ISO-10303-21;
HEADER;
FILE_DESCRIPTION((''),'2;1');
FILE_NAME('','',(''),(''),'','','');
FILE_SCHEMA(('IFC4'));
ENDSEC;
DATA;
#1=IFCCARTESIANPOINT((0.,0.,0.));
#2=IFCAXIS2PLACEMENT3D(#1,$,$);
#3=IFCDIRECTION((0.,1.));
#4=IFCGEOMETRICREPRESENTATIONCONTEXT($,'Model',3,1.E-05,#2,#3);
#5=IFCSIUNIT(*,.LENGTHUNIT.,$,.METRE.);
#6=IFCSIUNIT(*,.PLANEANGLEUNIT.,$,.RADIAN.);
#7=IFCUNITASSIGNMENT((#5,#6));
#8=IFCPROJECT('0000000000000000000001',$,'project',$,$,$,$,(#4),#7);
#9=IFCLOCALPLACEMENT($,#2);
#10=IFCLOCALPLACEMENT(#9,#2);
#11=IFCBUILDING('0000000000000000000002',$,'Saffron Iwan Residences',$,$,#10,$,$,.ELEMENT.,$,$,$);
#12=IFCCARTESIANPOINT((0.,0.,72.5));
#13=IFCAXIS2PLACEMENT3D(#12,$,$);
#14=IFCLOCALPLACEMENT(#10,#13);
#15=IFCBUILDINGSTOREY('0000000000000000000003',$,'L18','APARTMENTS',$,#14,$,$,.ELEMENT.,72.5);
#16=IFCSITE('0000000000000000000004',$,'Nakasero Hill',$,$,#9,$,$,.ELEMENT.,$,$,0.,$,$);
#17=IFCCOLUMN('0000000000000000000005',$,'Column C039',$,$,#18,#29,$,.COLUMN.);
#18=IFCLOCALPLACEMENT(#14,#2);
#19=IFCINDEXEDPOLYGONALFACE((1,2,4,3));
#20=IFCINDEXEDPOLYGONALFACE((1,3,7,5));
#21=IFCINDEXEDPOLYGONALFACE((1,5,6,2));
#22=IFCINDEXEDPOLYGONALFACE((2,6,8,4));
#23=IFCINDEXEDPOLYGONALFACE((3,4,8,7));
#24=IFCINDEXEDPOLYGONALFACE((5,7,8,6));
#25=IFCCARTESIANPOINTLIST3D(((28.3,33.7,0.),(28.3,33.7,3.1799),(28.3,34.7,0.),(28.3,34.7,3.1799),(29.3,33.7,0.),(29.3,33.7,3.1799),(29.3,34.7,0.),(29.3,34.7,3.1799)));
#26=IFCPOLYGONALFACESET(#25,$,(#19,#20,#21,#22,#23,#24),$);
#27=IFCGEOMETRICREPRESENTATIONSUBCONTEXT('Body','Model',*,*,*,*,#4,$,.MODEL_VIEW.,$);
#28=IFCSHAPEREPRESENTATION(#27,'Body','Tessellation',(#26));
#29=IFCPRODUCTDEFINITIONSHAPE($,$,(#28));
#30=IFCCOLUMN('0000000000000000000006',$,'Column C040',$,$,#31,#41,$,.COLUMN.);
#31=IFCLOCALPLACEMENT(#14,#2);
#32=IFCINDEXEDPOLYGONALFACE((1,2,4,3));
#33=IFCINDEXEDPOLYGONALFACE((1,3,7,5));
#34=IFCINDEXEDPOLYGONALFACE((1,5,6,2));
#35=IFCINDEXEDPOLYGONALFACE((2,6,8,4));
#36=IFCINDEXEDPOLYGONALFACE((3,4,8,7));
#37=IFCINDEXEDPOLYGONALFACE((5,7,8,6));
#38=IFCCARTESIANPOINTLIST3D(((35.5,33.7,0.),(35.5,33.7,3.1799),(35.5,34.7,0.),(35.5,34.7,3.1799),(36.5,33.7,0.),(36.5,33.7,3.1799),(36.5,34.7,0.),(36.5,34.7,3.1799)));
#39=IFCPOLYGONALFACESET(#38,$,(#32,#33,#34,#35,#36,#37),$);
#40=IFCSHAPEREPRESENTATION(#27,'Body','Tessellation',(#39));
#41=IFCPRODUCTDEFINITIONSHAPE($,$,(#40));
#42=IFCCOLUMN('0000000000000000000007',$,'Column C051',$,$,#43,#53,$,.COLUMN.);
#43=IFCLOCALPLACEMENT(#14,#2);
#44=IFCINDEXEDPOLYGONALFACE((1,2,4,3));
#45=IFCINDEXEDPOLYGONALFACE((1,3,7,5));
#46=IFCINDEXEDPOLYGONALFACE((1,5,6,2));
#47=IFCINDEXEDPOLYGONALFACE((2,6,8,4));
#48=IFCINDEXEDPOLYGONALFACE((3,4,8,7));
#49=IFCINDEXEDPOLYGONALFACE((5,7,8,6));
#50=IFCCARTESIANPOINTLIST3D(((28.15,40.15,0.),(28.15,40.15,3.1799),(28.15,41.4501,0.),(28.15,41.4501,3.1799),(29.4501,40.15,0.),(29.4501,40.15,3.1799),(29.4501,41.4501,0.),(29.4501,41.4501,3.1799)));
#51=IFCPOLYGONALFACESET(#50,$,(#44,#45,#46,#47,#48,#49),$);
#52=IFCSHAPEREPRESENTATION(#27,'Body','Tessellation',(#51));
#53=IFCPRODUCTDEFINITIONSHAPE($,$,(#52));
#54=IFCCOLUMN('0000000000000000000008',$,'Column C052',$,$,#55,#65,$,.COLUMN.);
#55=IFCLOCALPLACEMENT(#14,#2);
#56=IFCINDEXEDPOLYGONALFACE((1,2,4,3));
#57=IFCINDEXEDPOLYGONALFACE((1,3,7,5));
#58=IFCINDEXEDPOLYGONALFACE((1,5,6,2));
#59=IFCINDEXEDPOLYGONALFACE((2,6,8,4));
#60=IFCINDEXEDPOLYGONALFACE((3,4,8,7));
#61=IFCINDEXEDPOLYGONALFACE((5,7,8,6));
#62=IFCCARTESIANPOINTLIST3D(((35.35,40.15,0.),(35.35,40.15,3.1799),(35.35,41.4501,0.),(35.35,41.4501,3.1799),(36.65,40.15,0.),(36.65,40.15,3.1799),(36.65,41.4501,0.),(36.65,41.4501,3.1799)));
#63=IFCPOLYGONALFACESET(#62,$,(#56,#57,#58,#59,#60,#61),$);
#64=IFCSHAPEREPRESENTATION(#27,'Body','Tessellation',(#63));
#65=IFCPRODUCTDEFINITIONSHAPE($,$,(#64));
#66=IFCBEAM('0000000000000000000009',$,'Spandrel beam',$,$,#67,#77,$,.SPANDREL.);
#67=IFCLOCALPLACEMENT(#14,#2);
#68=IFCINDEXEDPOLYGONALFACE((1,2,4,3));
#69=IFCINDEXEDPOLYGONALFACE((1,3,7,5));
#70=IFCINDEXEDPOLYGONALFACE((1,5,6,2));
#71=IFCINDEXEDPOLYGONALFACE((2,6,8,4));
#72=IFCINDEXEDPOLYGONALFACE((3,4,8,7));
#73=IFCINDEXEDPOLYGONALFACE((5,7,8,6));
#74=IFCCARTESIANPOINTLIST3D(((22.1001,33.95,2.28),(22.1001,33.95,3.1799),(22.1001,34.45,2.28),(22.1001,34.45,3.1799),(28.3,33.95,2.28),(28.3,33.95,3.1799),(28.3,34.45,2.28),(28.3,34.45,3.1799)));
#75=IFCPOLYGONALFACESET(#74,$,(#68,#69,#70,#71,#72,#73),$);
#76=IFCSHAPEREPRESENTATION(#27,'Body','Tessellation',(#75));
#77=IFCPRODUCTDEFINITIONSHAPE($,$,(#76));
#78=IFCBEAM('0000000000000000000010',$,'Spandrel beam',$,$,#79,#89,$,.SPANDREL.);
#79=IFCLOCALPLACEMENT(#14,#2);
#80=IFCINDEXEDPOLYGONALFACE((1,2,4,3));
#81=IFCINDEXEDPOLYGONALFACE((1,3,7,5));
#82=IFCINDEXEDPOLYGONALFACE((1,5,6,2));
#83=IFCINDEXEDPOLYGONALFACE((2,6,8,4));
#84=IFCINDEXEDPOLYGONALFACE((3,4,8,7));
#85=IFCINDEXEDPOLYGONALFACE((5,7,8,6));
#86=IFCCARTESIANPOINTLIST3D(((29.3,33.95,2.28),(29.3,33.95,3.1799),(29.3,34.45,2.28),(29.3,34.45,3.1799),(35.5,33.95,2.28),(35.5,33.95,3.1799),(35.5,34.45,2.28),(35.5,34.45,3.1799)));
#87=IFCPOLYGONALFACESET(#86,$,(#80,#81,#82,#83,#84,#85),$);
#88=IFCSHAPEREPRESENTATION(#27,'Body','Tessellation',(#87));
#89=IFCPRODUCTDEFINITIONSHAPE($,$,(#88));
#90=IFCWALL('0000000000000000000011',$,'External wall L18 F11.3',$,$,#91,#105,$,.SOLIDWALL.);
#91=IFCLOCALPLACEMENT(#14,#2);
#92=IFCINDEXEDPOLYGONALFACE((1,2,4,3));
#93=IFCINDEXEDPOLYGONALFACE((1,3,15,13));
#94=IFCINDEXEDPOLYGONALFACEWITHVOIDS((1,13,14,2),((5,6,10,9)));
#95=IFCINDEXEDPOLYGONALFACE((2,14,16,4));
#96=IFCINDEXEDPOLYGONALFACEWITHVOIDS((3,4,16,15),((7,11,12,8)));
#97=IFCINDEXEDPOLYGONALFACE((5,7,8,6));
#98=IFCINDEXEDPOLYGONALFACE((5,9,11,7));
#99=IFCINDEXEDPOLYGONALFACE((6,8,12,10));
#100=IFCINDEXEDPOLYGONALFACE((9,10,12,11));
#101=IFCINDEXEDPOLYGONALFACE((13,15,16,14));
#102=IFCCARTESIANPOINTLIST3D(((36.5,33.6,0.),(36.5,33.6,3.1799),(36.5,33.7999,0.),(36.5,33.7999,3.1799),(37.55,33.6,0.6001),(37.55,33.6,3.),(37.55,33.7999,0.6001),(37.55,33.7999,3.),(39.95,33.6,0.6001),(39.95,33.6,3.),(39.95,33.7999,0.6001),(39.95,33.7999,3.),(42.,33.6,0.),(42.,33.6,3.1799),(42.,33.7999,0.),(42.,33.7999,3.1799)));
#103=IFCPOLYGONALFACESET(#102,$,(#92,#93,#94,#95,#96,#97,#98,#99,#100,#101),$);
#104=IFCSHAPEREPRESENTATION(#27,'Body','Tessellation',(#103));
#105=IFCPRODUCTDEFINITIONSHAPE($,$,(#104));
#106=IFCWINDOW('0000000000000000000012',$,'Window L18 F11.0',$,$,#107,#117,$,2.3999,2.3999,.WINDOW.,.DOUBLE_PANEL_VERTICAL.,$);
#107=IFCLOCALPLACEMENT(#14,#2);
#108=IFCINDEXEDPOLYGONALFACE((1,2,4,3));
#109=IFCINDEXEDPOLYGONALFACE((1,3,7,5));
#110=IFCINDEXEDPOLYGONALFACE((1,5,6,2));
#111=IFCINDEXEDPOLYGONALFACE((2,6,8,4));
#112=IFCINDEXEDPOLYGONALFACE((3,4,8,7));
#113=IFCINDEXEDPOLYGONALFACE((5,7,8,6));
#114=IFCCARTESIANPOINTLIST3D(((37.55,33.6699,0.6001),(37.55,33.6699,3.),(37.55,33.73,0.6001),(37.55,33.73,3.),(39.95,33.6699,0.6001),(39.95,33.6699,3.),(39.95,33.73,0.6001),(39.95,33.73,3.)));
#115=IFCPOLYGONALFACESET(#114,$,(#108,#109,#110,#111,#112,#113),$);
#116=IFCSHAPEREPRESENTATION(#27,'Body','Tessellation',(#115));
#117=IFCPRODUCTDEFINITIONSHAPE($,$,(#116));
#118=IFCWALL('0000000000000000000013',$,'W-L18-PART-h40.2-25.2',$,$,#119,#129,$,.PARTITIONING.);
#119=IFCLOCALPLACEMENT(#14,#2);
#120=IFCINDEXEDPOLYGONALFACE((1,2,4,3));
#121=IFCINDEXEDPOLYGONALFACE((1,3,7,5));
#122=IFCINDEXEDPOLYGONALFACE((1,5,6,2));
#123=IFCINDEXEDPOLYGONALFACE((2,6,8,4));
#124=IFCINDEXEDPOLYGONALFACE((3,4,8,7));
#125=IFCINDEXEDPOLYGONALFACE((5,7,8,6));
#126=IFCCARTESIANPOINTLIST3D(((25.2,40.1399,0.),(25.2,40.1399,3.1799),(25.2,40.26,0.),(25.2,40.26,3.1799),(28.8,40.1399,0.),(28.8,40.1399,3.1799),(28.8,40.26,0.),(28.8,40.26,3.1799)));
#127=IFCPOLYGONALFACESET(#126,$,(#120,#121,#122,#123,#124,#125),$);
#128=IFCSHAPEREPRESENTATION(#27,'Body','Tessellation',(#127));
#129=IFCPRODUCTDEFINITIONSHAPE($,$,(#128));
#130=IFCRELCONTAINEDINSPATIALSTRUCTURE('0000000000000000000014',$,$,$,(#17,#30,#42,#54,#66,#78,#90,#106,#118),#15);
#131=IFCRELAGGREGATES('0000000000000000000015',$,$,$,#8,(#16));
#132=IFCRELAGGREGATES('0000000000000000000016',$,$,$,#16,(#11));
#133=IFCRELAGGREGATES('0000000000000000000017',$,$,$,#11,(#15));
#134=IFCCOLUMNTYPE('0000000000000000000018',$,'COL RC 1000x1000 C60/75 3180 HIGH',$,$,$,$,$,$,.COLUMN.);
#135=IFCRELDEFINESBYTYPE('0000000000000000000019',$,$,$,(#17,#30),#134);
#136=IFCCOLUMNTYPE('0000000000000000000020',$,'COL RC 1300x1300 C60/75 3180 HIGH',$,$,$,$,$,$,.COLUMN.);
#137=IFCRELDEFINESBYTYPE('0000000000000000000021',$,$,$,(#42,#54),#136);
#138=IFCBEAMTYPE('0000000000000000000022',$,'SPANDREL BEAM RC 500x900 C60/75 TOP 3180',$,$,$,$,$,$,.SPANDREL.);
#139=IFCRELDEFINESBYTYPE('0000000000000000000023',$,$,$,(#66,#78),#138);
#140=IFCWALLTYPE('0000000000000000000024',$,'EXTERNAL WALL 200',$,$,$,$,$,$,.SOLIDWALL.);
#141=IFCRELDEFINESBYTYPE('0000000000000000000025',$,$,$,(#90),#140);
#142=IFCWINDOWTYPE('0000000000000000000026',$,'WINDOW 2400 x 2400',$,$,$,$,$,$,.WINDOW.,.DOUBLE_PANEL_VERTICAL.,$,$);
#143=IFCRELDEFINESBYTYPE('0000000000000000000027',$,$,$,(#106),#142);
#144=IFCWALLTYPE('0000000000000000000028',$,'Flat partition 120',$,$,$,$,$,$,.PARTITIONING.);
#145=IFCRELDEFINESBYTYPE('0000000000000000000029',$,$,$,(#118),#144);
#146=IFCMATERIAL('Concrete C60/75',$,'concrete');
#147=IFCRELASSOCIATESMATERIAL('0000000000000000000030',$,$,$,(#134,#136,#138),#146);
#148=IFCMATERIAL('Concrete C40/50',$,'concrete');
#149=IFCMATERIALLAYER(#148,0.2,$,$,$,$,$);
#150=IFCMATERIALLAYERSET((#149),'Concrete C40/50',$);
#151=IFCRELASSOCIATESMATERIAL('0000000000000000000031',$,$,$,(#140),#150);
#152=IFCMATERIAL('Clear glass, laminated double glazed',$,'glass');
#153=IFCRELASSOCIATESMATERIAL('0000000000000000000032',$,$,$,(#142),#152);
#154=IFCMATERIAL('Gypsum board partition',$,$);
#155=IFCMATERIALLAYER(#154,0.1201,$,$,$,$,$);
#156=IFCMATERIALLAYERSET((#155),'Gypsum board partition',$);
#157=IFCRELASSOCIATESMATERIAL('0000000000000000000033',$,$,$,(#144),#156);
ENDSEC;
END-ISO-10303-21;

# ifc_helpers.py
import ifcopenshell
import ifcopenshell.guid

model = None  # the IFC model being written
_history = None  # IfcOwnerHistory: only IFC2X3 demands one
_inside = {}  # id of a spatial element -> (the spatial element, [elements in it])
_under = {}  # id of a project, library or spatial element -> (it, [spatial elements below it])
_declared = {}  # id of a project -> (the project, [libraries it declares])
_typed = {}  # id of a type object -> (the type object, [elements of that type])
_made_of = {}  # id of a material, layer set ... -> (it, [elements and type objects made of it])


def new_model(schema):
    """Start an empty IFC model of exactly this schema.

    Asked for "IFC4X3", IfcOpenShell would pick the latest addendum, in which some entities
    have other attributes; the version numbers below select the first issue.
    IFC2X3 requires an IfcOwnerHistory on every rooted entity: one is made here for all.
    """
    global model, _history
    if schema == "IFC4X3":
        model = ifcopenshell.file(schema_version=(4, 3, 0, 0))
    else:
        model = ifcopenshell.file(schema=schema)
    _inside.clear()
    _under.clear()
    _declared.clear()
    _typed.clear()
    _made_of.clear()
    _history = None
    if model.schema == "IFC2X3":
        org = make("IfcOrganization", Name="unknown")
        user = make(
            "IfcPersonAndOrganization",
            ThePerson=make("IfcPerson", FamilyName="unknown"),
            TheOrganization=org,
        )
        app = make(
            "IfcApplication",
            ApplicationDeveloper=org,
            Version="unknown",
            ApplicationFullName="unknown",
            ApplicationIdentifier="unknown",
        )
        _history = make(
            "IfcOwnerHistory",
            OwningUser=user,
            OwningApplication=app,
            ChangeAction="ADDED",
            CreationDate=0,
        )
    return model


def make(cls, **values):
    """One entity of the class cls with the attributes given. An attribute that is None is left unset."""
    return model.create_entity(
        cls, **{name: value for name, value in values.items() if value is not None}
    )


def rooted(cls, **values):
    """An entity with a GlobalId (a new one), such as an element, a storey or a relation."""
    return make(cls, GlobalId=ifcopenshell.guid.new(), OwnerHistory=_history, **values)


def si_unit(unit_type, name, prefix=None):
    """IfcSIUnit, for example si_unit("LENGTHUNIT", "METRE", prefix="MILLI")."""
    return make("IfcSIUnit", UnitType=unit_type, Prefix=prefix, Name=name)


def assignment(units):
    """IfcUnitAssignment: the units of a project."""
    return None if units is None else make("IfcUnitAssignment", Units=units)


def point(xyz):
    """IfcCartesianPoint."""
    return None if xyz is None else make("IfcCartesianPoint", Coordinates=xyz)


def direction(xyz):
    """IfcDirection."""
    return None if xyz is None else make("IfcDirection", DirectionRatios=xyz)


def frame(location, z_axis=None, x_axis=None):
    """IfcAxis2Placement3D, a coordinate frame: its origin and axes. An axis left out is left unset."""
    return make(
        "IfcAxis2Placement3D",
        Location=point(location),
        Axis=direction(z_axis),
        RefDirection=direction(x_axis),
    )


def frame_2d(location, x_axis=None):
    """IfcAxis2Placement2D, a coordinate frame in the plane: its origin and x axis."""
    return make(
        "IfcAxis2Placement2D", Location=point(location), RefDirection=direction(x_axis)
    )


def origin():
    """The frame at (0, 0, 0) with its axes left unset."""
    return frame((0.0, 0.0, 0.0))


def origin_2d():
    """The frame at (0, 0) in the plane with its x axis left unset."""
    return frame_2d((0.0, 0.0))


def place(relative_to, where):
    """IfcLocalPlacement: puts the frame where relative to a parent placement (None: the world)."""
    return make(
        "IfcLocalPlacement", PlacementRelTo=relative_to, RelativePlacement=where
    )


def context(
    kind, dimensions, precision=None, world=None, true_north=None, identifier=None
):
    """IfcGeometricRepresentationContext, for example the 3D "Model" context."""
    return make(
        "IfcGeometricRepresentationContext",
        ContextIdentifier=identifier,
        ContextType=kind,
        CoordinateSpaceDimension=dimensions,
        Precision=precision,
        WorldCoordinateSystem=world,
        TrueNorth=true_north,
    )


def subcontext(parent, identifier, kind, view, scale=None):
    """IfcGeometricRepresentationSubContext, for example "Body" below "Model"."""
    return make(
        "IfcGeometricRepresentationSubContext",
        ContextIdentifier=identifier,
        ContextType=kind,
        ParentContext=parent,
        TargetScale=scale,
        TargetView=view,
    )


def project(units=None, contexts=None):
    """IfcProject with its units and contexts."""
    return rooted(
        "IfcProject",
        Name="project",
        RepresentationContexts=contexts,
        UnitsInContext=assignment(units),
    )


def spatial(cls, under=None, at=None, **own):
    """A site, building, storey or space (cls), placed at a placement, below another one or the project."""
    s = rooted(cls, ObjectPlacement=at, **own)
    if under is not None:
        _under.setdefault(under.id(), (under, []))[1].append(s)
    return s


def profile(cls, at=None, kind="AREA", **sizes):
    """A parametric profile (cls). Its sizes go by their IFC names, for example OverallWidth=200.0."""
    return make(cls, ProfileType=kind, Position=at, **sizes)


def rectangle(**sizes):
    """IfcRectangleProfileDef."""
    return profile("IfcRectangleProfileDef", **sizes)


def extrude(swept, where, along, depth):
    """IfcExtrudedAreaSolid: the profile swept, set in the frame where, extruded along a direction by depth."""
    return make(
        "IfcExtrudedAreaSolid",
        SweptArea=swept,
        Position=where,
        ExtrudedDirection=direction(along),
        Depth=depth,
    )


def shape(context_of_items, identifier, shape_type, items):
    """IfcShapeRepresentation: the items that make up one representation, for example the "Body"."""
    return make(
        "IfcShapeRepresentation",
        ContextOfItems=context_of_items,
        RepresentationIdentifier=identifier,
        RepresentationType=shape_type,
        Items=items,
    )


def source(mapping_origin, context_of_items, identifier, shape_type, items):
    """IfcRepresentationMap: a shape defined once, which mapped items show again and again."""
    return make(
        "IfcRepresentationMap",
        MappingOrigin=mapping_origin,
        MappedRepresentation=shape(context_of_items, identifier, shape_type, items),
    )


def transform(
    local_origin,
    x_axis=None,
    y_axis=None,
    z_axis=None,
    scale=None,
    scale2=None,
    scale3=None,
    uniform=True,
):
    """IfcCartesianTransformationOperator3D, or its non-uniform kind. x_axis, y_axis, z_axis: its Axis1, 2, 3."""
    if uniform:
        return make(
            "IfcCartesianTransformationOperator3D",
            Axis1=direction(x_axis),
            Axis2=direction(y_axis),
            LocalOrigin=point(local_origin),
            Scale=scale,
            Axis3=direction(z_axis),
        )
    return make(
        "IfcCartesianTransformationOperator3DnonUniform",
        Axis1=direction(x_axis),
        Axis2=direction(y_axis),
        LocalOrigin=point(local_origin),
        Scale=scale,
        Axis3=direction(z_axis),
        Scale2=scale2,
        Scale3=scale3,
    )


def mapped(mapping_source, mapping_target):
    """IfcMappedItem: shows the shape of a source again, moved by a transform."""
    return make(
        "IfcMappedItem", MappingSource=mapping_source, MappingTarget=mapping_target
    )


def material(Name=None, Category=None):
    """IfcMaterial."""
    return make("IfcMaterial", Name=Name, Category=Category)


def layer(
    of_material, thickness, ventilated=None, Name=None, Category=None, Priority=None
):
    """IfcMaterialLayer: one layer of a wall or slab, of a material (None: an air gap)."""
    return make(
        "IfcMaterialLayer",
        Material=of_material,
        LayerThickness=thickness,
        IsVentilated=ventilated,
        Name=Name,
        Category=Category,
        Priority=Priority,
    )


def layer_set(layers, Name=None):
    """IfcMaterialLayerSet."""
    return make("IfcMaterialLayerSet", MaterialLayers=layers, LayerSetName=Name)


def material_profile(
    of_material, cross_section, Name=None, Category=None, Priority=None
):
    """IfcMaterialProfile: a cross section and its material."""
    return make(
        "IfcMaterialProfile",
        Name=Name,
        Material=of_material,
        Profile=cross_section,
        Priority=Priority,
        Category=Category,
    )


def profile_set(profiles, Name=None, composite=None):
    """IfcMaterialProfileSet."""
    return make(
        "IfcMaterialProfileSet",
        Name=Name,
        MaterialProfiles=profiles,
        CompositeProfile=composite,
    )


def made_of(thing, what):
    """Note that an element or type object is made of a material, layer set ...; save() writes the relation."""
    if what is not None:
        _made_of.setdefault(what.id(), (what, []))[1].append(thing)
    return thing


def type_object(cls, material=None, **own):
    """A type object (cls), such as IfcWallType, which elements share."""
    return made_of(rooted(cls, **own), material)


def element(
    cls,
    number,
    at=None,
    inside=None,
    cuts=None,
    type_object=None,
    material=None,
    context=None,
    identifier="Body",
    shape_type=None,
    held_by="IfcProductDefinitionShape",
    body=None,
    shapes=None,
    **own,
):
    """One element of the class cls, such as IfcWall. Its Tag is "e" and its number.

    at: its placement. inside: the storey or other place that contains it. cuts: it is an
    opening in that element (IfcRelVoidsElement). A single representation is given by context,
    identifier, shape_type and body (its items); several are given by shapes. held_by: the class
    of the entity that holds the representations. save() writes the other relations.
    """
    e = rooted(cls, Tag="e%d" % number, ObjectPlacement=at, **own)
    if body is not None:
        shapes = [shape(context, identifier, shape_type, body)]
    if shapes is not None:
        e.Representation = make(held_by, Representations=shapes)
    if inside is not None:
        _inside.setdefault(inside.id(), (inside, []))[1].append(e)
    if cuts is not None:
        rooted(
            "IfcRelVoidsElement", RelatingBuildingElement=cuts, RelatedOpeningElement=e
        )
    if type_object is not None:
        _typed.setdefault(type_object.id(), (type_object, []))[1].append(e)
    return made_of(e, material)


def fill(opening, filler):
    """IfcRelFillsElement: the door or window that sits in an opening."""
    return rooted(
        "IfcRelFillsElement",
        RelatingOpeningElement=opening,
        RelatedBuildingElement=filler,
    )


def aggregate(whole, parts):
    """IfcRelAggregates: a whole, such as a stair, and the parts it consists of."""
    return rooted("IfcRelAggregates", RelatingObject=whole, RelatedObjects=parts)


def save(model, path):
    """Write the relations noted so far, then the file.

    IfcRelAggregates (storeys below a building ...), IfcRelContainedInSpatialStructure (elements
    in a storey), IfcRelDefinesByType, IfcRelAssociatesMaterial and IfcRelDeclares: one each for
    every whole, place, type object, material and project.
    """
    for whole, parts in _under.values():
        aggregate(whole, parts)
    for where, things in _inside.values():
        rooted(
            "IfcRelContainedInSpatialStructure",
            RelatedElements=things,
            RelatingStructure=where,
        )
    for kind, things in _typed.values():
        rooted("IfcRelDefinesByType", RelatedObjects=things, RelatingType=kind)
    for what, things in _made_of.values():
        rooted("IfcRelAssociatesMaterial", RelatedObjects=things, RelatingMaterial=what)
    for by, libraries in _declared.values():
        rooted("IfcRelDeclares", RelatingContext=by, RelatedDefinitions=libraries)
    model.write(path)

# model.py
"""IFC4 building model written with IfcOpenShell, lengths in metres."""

from ifc_helpers import new_model, si_unit, direction, frame, frame_2d, origin, origin_2d, place, context, subcontext, project, spatial, rectangle, extrude, source, transform, mapped, material, layer, layer_set, material_profile, profile_set, type_object, element, fill, save


model = new_model("IFC4")

# Units and contexts
model_context = context("Model", 3, precision=1e-05, world=origin(), true_north=direction((0.0, 1.0)))
body_context = subcontext(model_context, "Body", "Model", "MODEL_VIEW")
ifc_project = project(units=[si_unit("LENGTHUNIT", "METRE"), si_unit("PLANEANGLEUNIT", "RADIAN")], contexts=[model_context])

# Site, building, storey
site_placement = place(None, origin())
site = spatial("IfcSite", under=ifc_project, at=site_placement, Name="Nakasero Hill", CompositionType="ELEMENT", RefElevation=0.0)
building_placement = place(site_placement, origin())
building = spatial("IfcBuilding", under=site, at=building_placement, Name="Saffron Iwan Residences", CompositionType="ELEMENT")
storey_placement = place(building_placement, frame((0.0, 0.0, 72.5)))
storey = spatial("IfcBuildingStorey", under=building, at=storey_placement, Name="L18", Description="APARTMENTS", CompositionType="ELEMENT", Elevation=72.5)

# Columns
ifc_material_1 = material(Name="Concrete C60/75", Category="concrete")
ifc_material_profile_1 = material_profile(ifc_material_1, rectangle(XDim=1.0, YDim=1.0, at=origin_2d()), Name="RC 1000x1000")
ifc_profile_set_1 = profile_set([ifc_material_profile_1], Name="Concrete C60/75")
column_type_1 = type_object("IfcColumnType", Name="COL RC 1000x1000 C60/75 3180 HIGH", PredefinedType="COLUMN", material=ifc_profile_set_1)
shared_shape_1 = source(origin(), body_context, "Body", "SweptSolid", [
    extrude(rectangle(XDim=1.0, YDim=1.0, at=origin_2d()), origin(), (0.0, 0.0, 1.0), 3.1799),
])
for number, where, z_axis, x_axis, name in (
    (1, (28.8, 34.2, 0.0), (0.0, 0.0, 1.0), (1.0, 0.0, 0.0), "Column C039"),
    (2, (36.0, 34.2, 0.0), (0.0, 0.0, 1.0), (1.0, 0.0, 0.0), "Column C040"),
):
    element("IfcColumn", number, at=place(storey_placement, frame(where, z_axis=z_axis, x_axis=x_axis)), inside=storey, type_object=column_type_1, Name=name, PredefinedType="COLUMN", context=body_context, shape_type="MappedRepresentation", body=[
        mapped(shared_shape_1, transform((0.0, 0.0, 0.0))),
    ])
ifc_material_profile_2 = material_profile(ifc_material_1, rectangle(XDim=1.3, YDim=1.3, at=origin_2d()), Name="RC 1300x1300")
ifc_profile_set_2 = profile_set([ifc_material_profile_2], Name="Concrete C60/75")
column_type_2 = type_object("IfcColumnType", Name="COL RC 1300x1300 C60/75 3180 HIGH", PredefinedType="COLUMN", material=ifc_profile_set_2)
shared_shape_2 = source(origin(), body_context, "Body", "SweptSolid", [
    extrude(rectangle(XDim=1.3, YDim=1.3, at=origin_2d()), origin(), (0.0, 0.0, 1.0), 3.1799),
])
for number, where, z_axis, x_axis, name in (
    (3, (28.8, 40.8, 0.0), (0.0, 0.0, 1.0), (1.0, 0.0, 0.0), "Column C051"),
    (4, (36.0, 40.8, 0.0), (0.0, 0.0, 1.0), (1.0, 0.0, 0.0), "Column C052"),
):
    element("IfcColumn", number, at=place(storey_placement, frame(where, z_axis=z_axis, x_axis=x_axis)), inside=storey, type_object=column_type_2, Name=name, PredefinedType="COLUMN", context=body_context, shape_type="MappedRepresentation", body=[
        mapped(shared_shape_2, transform((0.0, 0.0, 0.0))),
    ])

# Beams
ifc_material_profile_3 = material_profile(ifc_material_1, rectangle(XDim=0.5, YDim=0.8999, at=origin_2d()), Name="RC 500x900")
ifc_profile_set_3 = profile_set([ifc_material_profile_3], Name="Concrete C60/75")
beam_type = type_object("IfcBeamType", Name="SPANDREL BEAM RC 500x900 C60/75 TOP 3180", PredefinedType="SPANDREL", material=ifc_profile_set_3)
shared_shape_3 = source(origin(), body_context, "Body", "SweptSolid", [
    extrude(rectangle(XDim=0.5, YDim=0.8999, at=origin_2d()), origin(), (0.0, 0.0, 1.0), 6.2),
])
for number, where, z_axis, x_axis, name in (
    (5, (28.3, 34.2, 2.73), (-1.0, 0.0, 0.0), (0.0, -1.0, 0.0), "Spandrel beam"),
    (6, (35.5, 34.2, 2.73), (-1.0, 0.0, 0.0), (0.0, -1.0, 0.0), "Spandrel beam"),
):
    element("IfcBeam", number, at=place(storey_placement, frame(where, z_axis=z_axis, x_axis=x_axis)), inside=storey, type_object=beam_type, Name=name, PredefinedType="SPANDREL", context=body_context, shape_type="MappedRepresentation", body=[
        mapped(shared_shape_3, transform((0.0, 0.0, 0.0))),
    ])

# Wall, opening, window
ifc_material_2 = material(Name="Concrete C40/50", Category="concrete")
ifc_layer_1 = layer(ifc_material_2, 0.2)
ifc_layer_set_1 = layer_set([ifc_layer_1], Name="Concrete C40/50")
wall_type_1 = type_object("IfcWallType", Name="EXTERNAL WALL 200", PredefinedType="SOLIDWALL", material=ifc_layer_set_1)
wall_1_placement = place(storey_placement, frame((36.5, 33.7, 0.0), z_axis=(0.0, 0.0, 1.0), x_axis=(1.0, 0.0, 0.0)))
wall_1 = element("IfcWall", 7, at=wall_1_placement, inside=storey, type_object=wall_type_1, Name="External wall L18 F11.3", PredefinedType="SOLIDWALL", context=body_context, shape_type="SweptSolid", body=[
    extrude(rectangle(XDim=5.5, YDim=0.2, at=frame_2d((2.75, 0.0))), origin(), (0.0, 0.0, 1.0), 3.1799),
])
opening_1_placement = place(wall_1_placement, frame((1.05, 0.0, 0.6001)))
opening_1 = element("IfcOpeningElement", 8, at=opening_1_placement, cuts=wall_1, PredefinedType="OPENING", context=body_context, shape_type="SweptSolid", body=[
    extrude(rectangle(XDim=2.3999, YDim=2.3999, at=frame_2d((1.2, 1.2))), frame((0.0, 0.1099, 0.0), z_axis=(0.0, -1.0, 0.0), x_axis=(1.0, 0.0, 0.0)), (0.0, 0.0, 1.0), 0.22),
])
ifc_material_3 = material(Name="Clear glass, laminated double glazed", Category="glass")
window_type = type_object("IfcWindowType", Name="WINDOW 2400 x 2400", PartitioningType="DOUBLE_PANEL_VERTICAL", PredefinedType="WINDOW", material=ifc_material_3)
window_placement = place(opening_1_placement, origin())
window = element("IfcWindow", 9, at=window_placement, inside=storey, type_object=window_type, Name="Window L18 F11.0", OverallHeight=2.3999, OverallWidth=2.3999, PartitioningType="DOUBLE_PANEL_VERTICAL", PredefinedType="WINDOW", context=body_context, shape_type="SweptSolid", body=[
    extrude(rectangle(XDim=2.3999, YDim=2.3999, at=frame_2d((1.2, 1.2))), frame((0.0, 0.03, 0.0), z_axis=(0.0, -1.0, 0.0), x_axis=(1.0, 0.0, 0.0)), (0.0, 0.0, 1.0), 0.0601),
])
fill(opening_1, window)

# Wall
ifc_material_4 = material(Name="Gypsum board partition")
ifc_layer_2 = layer(ifc_material_4, 0.1201)
ifc_layer_set_2 = layer_set([ifc_layer_2], Name="Gypsum board partition")
wall_type_2 = type_object("IfcWallType", Name="Flat partition 120", PredefinedType="PARTITIONING", material=ifc_layer_set_2)
wall_2_placement = place(storey_placement, frame((25.2, 40.2, 0.0), z_axis=(0.0, 0.0, 1.0), x_axis=(1.0, 0.0, 0.0)))
element("IfcWall", 10, at=wall_2_placement, inside=storey, type_object=wall_type_2, Name="W-L18-PART-h40.2-25.2", PredefinedType="PARTITIONING", context=body_context, shape_type="SweptSolid", body=[
    extrude(rectangle(XDim=3.6001, YDim=0.1201, at=frame_2d((1.8, 0.0))), origin(), (0.0, 0.0, 1.0), 3.1799),
])

save(model, "model.ifc")
